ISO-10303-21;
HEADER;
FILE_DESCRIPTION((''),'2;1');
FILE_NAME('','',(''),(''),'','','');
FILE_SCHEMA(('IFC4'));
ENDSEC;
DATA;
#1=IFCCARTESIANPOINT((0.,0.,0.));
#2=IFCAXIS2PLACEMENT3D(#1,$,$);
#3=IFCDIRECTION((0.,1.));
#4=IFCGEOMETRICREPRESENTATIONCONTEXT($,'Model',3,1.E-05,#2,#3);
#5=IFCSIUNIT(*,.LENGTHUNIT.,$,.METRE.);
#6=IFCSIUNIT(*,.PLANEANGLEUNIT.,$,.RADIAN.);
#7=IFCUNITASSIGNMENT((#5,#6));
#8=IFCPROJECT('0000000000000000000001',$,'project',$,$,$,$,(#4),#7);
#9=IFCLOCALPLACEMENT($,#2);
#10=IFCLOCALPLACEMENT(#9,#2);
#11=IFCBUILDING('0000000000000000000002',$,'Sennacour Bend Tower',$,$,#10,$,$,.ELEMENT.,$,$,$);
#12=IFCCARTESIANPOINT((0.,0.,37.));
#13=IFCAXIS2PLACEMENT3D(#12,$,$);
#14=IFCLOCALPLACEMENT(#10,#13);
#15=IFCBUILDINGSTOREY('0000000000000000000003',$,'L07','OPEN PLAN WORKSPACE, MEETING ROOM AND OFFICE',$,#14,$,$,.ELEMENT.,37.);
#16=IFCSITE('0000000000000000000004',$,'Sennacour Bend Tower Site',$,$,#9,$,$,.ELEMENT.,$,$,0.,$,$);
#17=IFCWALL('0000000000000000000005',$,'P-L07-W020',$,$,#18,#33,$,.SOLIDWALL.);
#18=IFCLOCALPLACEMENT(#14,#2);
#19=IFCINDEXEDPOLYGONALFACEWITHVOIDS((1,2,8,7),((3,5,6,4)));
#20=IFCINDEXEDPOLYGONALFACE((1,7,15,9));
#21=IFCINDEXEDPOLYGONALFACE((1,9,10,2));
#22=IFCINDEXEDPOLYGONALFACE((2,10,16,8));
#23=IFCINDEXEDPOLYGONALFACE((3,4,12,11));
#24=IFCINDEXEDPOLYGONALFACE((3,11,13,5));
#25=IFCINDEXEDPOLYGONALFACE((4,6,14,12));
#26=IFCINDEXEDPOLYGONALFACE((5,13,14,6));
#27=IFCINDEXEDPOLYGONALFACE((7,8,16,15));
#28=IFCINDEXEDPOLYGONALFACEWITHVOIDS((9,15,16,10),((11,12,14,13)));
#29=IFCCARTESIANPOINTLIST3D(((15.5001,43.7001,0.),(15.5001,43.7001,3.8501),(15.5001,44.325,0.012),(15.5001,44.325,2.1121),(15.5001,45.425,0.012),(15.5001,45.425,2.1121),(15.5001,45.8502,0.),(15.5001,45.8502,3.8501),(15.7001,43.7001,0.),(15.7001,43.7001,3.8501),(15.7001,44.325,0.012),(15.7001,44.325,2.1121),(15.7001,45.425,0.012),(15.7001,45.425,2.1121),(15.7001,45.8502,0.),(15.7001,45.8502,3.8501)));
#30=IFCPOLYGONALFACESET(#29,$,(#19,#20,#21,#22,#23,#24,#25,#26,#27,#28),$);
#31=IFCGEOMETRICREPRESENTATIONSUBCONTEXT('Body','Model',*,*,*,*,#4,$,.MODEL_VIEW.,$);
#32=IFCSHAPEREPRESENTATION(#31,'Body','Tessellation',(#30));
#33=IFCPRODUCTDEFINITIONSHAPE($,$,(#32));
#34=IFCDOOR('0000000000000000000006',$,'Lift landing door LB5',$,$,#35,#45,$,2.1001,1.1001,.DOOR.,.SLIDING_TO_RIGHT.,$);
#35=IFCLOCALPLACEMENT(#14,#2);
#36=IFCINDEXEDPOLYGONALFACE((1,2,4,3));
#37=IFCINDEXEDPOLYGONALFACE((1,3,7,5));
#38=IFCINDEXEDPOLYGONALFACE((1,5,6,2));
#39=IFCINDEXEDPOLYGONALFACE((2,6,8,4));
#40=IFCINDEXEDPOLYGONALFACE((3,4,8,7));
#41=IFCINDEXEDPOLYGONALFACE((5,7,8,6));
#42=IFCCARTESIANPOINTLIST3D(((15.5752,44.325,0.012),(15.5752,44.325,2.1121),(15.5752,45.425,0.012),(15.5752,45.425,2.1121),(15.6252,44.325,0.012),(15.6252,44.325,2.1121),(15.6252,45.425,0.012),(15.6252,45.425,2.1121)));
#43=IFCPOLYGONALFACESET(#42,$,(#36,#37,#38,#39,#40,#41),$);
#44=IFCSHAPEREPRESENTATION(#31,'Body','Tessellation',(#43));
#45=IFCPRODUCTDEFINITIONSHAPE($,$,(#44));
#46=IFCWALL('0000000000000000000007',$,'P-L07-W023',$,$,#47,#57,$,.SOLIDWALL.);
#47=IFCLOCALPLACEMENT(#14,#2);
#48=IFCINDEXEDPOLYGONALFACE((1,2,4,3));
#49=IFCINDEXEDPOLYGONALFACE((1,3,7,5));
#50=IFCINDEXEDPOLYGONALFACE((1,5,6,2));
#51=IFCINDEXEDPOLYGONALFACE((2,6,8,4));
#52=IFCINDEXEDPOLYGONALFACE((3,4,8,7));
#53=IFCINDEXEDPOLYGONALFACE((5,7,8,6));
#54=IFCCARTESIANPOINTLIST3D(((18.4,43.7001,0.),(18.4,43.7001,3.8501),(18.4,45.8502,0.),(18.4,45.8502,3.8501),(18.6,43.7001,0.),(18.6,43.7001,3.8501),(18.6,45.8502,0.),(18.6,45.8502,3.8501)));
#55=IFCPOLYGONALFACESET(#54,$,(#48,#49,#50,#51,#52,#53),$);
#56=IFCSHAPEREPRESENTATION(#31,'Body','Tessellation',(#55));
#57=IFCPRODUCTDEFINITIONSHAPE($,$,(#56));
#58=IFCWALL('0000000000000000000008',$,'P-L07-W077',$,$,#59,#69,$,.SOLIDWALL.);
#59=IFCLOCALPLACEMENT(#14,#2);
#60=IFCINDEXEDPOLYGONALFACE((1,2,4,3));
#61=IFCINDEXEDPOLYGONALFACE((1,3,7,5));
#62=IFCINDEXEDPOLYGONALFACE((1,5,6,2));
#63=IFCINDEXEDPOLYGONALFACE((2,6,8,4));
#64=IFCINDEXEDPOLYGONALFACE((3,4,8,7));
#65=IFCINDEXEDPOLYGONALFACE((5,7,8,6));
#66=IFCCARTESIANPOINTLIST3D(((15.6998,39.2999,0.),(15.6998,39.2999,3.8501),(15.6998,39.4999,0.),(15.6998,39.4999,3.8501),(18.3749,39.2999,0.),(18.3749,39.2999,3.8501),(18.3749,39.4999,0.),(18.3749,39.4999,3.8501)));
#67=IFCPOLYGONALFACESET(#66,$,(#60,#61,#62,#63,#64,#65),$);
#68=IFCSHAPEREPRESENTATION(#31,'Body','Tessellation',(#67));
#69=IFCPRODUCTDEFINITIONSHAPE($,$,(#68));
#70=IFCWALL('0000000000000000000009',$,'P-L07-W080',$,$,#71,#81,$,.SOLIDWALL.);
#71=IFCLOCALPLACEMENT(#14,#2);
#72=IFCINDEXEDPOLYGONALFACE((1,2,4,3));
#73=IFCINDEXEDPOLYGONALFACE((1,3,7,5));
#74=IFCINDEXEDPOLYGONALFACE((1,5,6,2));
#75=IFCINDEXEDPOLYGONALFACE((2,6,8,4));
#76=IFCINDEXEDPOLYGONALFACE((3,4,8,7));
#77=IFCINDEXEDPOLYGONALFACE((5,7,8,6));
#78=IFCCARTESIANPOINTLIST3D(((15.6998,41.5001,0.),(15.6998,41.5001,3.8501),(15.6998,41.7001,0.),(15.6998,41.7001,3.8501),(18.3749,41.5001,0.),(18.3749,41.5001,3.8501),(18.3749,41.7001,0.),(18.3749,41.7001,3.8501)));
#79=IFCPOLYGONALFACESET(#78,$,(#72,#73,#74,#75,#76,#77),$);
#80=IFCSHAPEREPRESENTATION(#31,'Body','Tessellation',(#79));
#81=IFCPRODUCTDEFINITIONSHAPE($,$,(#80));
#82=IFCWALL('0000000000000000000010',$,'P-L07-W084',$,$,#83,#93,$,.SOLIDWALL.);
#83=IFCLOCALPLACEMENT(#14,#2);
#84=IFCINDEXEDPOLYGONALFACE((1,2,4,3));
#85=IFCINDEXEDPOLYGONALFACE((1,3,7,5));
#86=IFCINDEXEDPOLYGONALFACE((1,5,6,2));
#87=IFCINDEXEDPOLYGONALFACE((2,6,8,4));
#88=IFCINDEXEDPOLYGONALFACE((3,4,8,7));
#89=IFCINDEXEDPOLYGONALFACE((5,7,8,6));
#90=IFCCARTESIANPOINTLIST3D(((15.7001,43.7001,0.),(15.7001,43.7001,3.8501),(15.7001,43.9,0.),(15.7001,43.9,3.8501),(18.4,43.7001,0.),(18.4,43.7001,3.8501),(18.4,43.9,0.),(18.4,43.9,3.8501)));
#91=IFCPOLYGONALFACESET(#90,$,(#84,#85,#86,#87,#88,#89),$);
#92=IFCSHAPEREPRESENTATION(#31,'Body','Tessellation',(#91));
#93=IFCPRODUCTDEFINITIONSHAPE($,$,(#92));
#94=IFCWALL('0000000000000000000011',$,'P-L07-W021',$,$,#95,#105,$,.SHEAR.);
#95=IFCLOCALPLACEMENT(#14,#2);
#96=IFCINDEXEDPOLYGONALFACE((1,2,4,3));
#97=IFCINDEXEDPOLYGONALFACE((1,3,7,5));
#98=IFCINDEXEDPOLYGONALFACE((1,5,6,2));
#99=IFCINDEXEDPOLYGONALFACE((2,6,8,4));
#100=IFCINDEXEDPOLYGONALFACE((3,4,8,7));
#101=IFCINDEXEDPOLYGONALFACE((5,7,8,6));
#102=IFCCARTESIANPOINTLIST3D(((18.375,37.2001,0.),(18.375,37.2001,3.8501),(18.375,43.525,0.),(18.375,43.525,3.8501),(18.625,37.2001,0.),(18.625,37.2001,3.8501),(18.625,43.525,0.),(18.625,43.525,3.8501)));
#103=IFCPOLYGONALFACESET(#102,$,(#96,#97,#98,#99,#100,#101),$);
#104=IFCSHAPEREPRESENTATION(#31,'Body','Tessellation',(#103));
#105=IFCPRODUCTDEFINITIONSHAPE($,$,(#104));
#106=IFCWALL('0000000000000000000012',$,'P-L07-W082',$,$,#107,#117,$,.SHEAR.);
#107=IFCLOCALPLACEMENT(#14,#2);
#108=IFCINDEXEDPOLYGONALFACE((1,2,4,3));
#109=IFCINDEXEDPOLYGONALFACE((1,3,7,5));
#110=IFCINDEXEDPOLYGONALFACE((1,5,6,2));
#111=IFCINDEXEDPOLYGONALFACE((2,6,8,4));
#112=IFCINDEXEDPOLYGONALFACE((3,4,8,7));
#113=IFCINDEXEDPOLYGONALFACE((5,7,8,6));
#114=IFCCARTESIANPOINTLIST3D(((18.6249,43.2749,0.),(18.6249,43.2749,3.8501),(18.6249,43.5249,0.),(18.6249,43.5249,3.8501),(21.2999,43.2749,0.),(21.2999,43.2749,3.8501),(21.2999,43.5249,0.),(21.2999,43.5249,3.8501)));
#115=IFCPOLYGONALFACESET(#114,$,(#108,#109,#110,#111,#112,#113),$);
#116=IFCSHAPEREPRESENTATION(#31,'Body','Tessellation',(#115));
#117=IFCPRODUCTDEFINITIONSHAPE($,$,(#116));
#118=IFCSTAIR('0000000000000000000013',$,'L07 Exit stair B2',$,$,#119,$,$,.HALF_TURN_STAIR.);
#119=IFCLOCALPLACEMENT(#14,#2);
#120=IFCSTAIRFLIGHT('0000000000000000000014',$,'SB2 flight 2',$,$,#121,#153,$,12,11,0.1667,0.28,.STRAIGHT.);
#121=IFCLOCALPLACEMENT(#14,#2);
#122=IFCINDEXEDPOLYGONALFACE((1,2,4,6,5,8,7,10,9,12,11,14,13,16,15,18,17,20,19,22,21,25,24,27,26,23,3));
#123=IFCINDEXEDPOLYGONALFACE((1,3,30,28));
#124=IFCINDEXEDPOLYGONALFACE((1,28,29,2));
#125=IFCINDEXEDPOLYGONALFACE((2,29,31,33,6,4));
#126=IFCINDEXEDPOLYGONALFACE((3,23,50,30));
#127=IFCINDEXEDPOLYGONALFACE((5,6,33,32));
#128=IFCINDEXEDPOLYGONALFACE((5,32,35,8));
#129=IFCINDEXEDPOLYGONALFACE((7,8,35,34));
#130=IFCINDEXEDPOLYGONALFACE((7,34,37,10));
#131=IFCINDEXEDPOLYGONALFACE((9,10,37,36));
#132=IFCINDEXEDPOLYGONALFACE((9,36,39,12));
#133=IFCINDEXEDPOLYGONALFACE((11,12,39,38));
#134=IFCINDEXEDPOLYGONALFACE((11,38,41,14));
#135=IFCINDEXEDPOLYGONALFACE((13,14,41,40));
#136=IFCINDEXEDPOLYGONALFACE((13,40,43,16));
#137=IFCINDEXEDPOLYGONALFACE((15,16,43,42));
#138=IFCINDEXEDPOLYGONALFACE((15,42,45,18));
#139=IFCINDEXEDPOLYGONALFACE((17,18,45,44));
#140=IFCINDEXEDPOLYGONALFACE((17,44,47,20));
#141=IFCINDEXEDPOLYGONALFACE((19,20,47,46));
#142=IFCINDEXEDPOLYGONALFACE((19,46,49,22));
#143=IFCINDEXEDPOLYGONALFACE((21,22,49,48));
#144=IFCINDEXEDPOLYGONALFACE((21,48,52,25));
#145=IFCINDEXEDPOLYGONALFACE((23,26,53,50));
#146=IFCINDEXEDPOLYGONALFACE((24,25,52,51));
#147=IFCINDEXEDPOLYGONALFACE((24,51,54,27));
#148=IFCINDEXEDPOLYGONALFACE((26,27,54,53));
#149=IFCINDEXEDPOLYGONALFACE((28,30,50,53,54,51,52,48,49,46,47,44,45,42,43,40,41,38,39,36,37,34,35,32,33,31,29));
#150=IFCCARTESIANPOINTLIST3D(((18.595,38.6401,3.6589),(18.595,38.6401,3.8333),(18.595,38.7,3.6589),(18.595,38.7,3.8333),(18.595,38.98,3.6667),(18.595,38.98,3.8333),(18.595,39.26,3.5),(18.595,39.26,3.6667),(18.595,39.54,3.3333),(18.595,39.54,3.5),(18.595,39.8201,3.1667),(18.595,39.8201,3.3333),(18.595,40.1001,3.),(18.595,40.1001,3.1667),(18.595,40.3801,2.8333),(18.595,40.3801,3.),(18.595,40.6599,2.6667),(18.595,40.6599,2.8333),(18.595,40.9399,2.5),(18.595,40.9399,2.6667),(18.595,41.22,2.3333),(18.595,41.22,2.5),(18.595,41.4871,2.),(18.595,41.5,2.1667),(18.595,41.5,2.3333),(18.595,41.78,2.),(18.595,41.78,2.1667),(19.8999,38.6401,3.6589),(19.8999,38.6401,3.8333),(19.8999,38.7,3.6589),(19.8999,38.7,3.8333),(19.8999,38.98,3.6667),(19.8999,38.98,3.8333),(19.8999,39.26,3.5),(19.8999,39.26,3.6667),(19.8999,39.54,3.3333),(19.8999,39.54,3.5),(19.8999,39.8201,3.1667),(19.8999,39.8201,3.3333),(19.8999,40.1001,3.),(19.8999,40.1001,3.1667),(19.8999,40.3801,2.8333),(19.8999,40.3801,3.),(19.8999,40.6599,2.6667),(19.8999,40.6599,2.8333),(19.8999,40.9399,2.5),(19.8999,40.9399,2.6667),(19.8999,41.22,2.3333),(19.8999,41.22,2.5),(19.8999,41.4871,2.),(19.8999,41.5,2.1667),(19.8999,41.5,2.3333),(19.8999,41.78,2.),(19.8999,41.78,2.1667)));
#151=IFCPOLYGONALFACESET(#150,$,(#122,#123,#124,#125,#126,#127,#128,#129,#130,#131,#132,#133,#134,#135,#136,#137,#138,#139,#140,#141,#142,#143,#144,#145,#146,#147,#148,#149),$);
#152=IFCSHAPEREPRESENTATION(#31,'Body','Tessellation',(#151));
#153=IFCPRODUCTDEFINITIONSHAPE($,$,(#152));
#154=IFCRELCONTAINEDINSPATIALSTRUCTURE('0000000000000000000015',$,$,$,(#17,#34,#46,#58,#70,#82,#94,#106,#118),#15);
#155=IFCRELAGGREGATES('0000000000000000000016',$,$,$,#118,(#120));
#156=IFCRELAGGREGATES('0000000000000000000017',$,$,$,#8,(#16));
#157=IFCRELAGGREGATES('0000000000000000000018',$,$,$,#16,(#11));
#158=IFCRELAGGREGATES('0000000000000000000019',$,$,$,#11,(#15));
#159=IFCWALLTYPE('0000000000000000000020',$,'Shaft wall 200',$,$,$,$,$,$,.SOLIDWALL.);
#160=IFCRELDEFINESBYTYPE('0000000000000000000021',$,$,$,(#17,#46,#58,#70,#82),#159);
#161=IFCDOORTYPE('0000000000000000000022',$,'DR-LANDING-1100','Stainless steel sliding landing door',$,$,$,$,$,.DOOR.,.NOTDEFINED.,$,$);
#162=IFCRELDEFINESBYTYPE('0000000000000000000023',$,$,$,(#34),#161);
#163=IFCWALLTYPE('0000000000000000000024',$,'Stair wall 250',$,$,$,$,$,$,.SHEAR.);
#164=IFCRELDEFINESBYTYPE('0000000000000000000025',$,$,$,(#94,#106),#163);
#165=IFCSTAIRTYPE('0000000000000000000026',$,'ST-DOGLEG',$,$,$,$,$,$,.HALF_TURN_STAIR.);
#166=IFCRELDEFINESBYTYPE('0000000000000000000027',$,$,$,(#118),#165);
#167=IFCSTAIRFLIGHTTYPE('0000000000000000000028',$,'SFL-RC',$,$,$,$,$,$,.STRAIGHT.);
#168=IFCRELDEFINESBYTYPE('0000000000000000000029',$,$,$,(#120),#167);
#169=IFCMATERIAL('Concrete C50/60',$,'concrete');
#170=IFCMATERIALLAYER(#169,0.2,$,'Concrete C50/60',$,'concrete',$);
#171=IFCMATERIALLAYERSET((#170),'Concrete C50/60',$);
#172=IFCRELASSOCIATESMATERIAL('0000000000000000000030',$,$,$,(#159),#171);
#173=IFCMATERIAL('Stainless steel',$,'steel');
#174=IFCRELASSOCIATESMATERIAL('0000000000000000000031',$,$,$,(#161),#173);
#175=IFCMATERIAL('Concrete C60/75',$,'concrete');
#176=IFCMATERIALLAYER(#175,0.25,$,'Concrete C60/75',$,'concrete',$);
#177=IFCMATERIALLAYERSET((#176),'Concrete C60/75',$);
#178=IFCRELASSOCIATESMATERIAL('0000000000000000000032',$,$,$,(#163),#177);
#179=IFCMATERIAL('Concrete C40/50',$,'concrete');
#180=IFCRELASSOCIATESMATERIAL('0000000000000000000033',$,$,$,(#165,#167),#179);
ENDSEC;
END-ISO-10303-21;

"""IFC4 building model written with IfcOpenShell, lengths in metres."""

from ifc_helpers import new_model, si_unit, direction, frame, frame_2d, origin, place, context, subcontext, project, spatial, polyline, rectangle, outline, extrude, material, layer, layer_set, type_object, element, fill, aggregate, save


model = new_model("IFC4")

# Units and contexts
model_context = context("Model", 3, precision=1e-05, world=origin(), true_north=direction((0.0, 1.0)))
body_context = subcontext(model_context, "Body", "Model", "MODEL_VIEW")
ifc_project = project(units=[si_unit("LENGTHUNIT", "METRE"), si_unit("PLANEANGLEUNIT", "RADIAN")], contexts=[model_context])

# Site, building, storey
site_placement = place(None, origin())
site = spatial("IfcSite", under=ifc_project, at=site_placement, Name="Sennacour Bend Tower Site", CompositionType="ELEMENT", RefElevation=0.0)
building_placement = place(site_placement, origin())
building = spatial("IfcBuilding", under=site, at=building_placement, Name="Sennacour Bend Tower", CompositionType="ELEMENT")
storey_placement = place(building_placement, frame((0.0, 0.0, 37.0)))
storey = spatial("IfcBuildingStorey", under=building, at=storey_placement, Name="L07", Description="OPEN PLAN WORKSPACE, MEETING ROOM AND OFFICE", CompositionType="ELEMENT", Elevation=37.0)

# Shared definitions
ifc_material_1 = material(Name="Concrete C50/60", Category="concrete")
ifc_layer_1 = layer(ifc_material_1, 0.2, Name="Concrete C50/60", Category="concrete")
ifc_layer_set_1 = layer_set([ifc_layer_1], Name="Concrete C50/60")
wall_type_1 = type_object("IfcWallType", Name="Shaft wall 200", PredefinedType="SOLIDWALL", material=ifc_layer_set_1)
ifc_material_2 = material(Name="Stainless steel", Category="steel")

# Wall, opening, door
wall_1_placement = place(storey_placement, frame((15.6001, 43.7, 0.0), z_axis=(0.0, 0.0, 1.0), x_axis=(0.0, 1.0, 0.0)))
wall_1 = element("IfcWall", 1, at=wall_1_placement, inside=storey, type_object=wall_type_1, Name="P-L07-W020", PredefinedType="SOLIDWALL", context=body_context, shape_type="SweptSolid", body=[
    extrude(rectangle(XDim=2.1501, YDim=0.2, at=frame_2d((1.0752, 0.0))), origin(), (0.0, 0.0, 1.0), 3.8501),
])
opening_1_placement = place(wall_1_placement, frame((0.625, 0.0, 0.012)))
opening_1 = element("IfcOpeningElement", 2, at=opening_1_placement, cuts=wall_1, PredefinedType="OPENING", context=body_context, shape_type="SweptSolid", body=[
    extrude(rectangle(XDim=1.1001, YDim=2.1001, at=frame_2d((0.55, 1.05))), frame((0.0, 0.1099, 0.0), z_axis=(0.0, -1.0, 0.0), x_axis=(1.0, 0.0, 0.0)), (0.0, 0.0, 1.0), 0.22),
])
door_type_1 = type_object("IfcDoorType", Name="DR-LANDING-1100", Description="Stainless steel sliding landing door", OperationType="NOTDEFINED", PredefinedType="DOOR", material=ifc_material_2)
door_1_placement = place(opening_1_placement, origin())
door_1 = element("IfcDoor", 3, at=door_1_placement, inside=storey, type_object=door_type_1, Name="Lift landing door LB5", OperationType="SLIDING_TO_RIGHT", OverallHeight=2.1001, OverallWidth=1.1001, PredefinedType="DOOR", context=body_context, shape_type="SweptSolid", body=[
    extrude(rectangle(XDim=1.1001, YDim=2.1001, at=frame_2d((0.55, 1.05))), frame((0.0, 0.0249, 0.0), z_axis=(0.0, -1.0, 0.0), x_axis=(1.0, 0.0, 0.0)), (0.0, 0.0, 1.0), 0.05),
])
fill(opening_1, door_1)

# Walls
wall_2_placement = place(storey_placement, frame((18.5, 43.7, 0.0), z_axis=(0.0, 0.0, 1.0), x_axis=(0.0, 1.0, 0.0)))
element("IfcWall", 4, at=wall_2_placement, inside=storey, type_object=wall_type_1, Name="P-L07-W023", PredefinedType="SOLIDWALL", context=body_context, shape_type="SweptSolid", body=[
    extrude(rectangle(XDim=2.1501, YDim=0.2, at=frame_2d((1.0752, 0.0))), origin(), (0.0, 0.0, 1.0), 3.8501),
])
for number, where, z_axis, x_axis, name in (
    (5, (15.7, 39.3999, 0.0), (0.0, 0.0, 1.0), (1.0, 0.0, 0.0), "P-L07-W077"),
    (6, (15.7, 41.6001, 0.0), (0.0, 0.0, 1.0), (1.0, 0.0, 0.0), "P-L07-W080"),
):
    element("IfcWall", number, at=place(storey_placement, frame(where, z_axis=z_axis, x_axis=x_axis)), inside=storey, type_object=wall_type_1, Name=name, PredefinedType="SOLIDWALL", context=body_context, shape_type="SweptSolid", body=[
        extrude(rectangle(XDim=2.675, YDim=0.2, at=frame_2d((1.3374, 0.0))), origin(), (0.0, 0.0, 1.0), 3.8501),
    ])
wall_3_placement = place(storey_placement, frame((15.7, 43.8, 0.0), z_axis=(0.0, 0.0, 1.0), x_axis=(1.0, 0.0, 0.0)))
element("IfcWall", 7, at=wall_3_placement, inside=storey, type_object=wall_type_1, Name="P-L07-W084", PredefinedType="SOLIDWALL", context=body_context, shape_type="SweptSolid", body=[
    extrude(rectangle(XDim=2.7, YDim=0.2, at=frame_2d((1.3501, 0.0))), origin(), (0.0, 0.0, 1.0), 3.8501),
])
ifc_material_3 = material(Name="Concrete C60/75", Category="concrete")
ifc_layer_2 = layer(ifc_material_3, 0.25, Name="Concrete C60/75", Category="concrete")
ifc_layer_set_2 = layer_set([ifc_layer_2], Name="Concrete C60/75")
wall_type_2 = type_object("IfcWallType", Name="Stair wall 250", PredefinedType="SHEAR", material=ifc_layer_set_2)
wall_4_placement = place(storey_placement, frame((18.5, 37.2, 0.0), z_axis=(0.0, 0.0, 1.0), x_axis=(0.0, 1.0, 0.0)))
element("IfcWall", 8, at=wall_4_placement, inside=storey, type_object=wall_type_2, Name="P-L07-W021", PredefinedType="SHEAR", context=body_context, shape_type="SweptSolid", body=[
    extrude(rectangle(XDim=6.325, YDim=0.25, at=frame_2d((3.1626, 0.0))), origin(), (0.0, 0.0, 1.0), 3.8501),
])
wall_5_placement = place(storey_placement, frame((18.625, 43.3999, 0.0), z_axis=(0.0, 0.0, 1.0), x_axis=(1.0, 0.0, 0.0)))
element("IfcWall", 9, at=wall_5_placement, inside=storey, type_object=wall_type_2, Name="P-L07-W082", PredefinedType="SHEAR", context=body_context, shape_type="SweptSolid", body=[
    extrude(rectangle(XDim=2.675, YDim=0.25, at=frame_2d((1.3374, 0.0))), origin(), (0.0, 0.0, 1.0), 3.8501),
])

# Stair, stair flight
ifc_material_4 = material(Name="Concrete C40/50", Category="concrete")
stair_type = type_object("IfcStairType", Name="ST-DOGLEG", PredefinedType="HALF_TURN_STAIR", material=ifc_material_4)
stair_placement = place(storey_placement, origin())
stair = element("IfcStair", 10, at=stair_placement, inside=storey, type_object=stair_type, Name="L07 Exit stair B2", PredefinedType="HALF_TURN_STAIR")
stair_flight_type = type_object("IfcStairFlightType", Name="SFL-RC", PredefinedType="STRAIGHT", material=ifc_material_4)
stair_flight_placement = place(storey_placement, frame((19.2476, 41.78, 2.0), z_axis=(0.0, 0.0, 1.0), x_axis=(0.0, -1.0, 0.0)))
stair_flight = element("IfcStairFlight", 11, at=stair_flight_placement, type_object=stair_flight_type, Name="SB2 flight 2", NumberOfRisers=12, NumberOfTreads=11, PredefinedType="STRAIGHT", RiserHeight=0.1667, TreadLength=0.28, context=body_context, shape_type="SweptSolid", body=[
    extrude(outline(polyline([(0.0, 0.0), (0.0, 0.1667), (0.28, 0.1667), (0.28, 0.3333), (0.5601, 0.3333), (0.5601, 0.5), (0.8401, 0.5), (0.8401, 0.6667), (1.1201, 0.6667), (1.1201, 0.8333), (1.3999, 0.8333), (1.3999, 1.0), (1.6799, 1.0), (1.6799, 1.1667), (1.96, 1.1667), (1.96, 1.3333), (2.24, 1.3333), (2.24, 1.5), (2.52, 1.5), (2.52, 1.6667), (2.8, 1.6667), (2.8, 1.8333), (3.0801, 1.8333), (3.1399, 1.8333), (3.1399, 1.6589), (3.0801, 1.6589), (0.293, 0.0), (0.0, 0.0)])), frame((0.0, 0.6523, 0.0), z_axis=(0.0, -1.0, 0.0), x_axis=(1.0, 0.0, 0.0)), (0.0, 0.0, 1.0), 1.3049),
])
aggregate(stair, [stair_flight])

save(model, "model.ifc")
